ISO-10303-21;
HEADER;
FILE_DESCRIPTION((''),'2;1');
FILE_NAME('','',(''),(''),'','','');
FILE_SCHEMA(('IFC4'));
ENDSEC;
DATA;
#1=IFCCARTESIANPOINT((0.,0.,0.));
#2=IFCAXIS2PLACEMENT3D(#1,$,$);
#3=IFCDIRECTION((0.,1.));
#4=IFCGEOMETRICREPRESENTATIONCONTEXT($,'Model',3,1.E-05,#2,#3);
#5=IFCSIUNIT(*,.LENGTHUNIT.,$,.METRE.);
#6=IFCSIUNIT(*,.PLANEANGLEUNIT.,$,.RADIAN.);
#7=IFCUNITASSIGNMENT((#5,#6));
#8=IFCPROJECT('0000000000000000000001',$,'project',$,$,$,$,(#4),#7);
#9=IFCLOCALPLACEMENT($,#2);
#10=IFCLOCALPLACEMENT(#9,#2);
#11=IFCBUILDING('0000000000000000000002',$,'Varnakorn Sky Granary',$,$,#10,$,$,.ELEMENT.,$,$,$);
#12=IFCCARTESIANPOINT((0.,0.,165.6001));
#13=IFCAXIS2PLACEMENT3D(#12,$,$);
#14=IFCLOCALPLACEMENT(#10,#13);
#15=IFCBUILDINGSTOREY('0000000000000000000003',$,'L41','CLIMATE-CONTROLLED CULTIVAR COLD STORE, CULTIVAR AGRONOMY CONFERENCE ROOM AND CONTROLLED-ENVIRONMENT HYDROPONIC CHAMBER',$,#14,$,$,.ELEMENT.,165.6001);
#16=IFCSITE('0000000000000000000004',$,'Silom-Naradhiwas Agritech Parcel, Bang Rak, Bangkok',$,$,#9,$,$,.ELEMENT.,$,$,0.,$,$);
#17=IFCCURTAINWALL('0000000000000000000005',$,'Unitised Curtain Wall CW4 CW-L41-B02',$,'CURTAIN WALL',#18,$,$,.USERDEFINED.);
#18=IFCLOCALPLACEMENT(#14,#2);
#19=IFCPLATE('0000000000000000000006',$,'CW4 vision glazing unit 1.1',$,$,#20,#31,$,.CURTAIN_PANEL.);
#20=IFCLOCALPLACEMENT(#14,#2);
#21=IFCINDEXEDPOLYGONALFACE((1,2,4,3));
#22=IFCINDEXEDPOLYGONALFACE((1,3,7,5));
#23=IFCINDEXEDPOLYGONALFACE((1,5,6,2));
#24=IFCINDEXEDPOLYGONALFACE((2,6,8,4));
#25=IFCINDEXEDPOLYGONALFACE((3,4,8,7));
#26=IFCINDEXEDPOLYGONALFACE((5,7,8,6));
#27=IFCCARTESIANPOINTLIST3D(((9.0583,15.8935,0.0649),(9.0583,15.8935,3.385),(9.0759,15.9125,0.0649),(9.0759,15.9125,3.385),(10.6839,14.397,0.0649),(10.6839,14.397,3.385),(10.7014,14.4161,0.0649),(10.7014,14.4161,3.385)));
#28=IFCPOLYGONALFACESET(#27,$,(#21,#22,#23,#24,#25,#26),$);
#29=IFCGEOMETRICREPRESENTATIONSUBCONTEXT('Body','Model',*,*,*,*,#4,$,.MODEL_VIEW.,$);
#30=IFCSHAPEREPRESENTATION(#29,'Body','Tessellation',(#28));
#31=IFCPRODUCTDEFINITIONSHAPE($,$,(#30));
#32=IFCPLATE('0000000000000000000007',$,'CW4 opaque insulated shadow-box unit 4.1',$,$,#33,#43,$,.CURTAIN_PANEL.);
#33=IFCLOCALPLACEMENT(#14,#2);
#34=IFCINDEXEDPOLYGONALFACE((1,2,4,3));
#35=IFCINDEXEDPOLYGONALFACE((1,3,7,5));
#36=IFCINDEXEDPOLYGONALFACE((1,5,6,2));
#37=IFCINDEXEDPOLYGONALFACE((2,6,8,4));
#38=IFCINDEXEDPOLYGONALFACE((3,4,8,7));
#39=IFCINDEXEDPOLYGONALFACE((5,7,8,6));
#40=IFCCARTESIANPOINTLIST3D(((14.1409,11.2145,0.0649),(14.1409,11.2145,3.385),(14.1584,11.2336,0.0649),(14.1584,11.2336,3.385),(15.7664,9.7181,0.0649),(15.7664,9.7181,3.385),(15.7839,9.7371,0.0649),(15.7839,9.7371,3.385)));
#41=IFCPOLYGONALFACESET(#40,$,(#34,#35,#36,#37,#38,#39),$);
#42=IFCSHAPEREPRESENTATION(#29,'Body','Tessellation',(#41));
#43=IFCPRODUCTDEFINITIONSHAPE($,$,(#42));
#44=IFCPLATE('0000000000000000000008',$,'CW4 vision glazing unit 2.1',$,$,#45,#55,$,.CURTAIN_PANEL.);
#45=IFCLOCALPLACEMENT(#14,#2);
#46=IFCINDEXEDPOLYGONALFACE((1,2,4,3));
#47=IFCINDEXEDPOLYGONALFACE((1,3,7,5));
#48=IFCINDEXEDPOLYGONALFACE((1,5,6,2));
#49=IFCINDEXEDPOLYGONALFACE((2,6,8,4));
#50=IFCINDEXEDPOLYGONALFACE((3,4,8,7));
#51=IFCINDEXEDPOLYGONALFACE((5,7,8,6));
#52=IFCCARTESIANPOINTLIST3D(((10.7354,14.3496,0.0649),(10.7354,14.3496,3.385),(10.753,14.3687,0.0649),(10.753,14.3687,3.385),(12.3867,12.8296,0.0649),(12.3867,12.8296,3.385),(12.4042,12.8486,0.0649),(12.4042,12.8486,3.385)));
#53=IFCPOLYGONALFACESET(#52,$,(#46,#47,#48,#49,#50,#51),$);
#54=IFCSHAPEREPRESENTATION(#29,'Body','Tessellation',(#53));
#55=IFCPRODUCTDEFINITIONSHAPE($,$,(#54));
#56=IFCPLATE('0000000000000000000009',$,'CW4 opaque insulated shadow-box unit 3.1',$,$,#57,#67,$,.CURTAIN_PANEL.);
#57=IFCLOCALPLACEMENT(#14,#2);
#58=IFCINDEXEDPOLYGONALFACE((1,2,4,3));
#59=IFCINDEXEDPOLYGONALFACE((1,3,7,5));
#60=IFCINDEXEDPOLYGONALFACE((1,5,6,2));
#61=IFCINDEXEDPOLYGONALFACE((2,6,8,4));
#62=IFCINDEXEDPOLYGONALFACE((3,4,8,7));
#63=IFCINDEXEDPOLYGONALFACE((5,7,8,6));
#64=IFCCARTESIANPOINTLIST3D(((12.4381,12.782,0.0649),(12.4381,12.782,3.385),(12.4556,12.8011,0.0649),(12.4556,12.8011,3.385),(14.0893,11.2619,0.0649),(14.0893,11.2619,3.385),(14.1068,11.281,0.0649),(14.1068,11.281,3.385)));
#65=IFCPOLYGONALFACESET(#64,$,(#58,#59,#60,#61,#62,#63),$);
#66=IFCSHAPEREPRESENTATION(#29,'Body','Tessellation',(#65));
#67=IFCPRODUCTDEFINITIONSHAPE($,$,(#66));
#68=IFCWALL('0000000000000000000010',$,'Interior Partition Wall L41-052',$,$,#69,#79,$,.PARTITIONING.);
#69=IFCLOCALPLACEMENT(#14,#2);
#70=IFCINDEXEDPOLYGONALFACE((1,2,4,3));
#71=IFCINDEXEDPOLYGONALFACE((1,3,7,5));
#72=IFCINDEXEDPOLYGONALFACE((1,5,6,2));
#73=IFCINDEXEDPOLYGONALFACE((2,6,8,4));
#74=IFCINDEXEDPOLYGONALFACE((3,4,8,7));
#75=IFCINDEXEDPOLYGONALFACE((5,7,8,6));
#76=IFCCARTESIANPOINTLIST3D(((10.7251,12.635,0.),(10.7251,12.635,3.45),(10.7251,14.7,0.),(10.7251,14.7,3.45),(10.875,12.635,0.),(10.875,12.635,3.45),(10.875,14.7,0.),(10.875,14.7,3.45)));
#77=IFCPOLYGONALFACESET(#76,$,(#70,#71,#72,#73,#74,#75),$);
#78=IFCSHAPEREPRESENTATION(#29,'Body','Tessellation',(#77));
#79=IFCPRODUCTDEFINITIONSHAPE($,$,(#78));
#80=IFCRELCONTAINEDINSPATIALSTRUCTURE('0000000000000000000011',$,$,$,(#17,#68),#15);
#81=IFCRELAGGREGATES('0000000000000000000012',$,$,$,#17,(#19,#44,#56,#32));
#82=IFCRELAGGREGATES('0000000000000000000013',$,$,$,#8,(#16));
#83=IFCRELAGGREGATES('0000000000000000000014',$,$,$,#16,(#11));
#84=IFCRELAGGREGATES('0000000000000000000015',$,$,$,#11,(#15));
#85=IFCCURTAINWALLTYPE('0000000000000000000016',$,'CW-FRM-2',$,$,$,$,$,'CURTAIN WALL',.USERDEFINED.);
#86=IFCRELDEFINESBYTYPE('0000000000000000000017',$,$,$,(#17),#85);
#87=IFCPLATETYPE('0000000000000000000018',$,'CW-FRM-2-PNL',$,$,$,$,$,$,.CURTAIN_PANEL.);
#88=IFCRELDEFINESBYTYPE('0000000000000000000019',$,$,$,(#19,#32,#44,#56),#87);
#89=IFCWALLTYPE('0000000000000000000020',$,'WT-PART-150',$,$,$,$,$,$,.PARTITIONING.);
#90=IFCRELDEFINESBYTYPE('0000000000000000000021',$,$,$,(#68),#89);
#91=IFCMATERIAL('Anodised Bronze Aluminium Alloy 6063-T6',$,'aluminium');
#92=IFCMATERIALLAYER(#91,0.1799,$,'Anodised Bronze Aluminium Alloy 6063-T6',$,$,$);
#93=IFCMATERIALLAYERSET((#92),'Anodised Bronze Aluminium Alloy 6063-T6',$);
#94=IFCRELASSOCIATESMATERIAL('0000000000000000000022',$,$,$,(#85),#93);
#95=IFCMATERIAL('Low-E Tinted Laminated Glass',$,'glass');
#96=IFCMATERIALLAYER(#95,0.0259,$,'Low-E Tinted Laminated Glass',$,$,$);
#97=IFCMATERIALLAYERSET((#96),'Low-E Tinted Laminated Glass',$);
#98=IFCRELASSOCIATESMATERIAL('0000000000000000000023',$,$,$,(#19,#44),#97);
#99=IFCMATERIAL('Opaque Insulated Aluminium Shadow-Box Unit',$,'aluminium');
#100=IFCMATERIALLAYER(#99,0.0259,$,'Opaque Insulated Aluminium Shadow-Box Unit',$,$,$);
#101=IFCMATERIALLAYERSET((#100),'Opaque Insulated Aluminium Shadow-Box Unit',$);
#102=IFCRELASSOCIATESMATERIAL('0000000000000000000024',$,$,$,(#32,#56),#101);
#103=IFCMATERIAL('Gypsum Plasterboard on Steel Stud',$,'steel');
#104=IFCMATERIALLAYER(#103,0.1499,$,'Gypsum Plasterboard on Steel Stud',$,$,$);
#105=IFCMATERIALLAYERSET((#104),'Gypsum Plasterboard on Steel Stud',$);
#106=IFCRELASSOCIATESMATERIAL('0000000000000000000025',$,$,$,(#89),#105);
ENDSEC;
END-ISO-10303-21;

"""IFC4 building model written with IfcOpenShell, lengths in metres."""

from ifc_helpers import new_model, si_unit, direction, frame, frame_2d, origin, origin_2d, place, context, subcontext, project, spatial, rectangle, extrude, source, transform, mapped, material, layer, layer_set, type_object, type_shapes, element, aggregate, save


model = new_model("IFC4")

# Units and contexts
model_context = context("Model", 3, precision=1e-05, world=origin(), true_north=direction((0.0, 1.0)))
body_context = subcontext(model_context, "Body", "Model", "MODEL_VIEW")
ifc_project = project(units=[si_unit("LENGTHUNIT", "METRE"), si_unit("PLANEANGLEUNIT", "RADIAN")], contexts=[model_context])

# Site, building, storey
site_placement = place(None, origin())
site = spatial("IfcSite", under=ifc_project, at=site_placement, Name="Silom-Naradhiwas Agritech Parcel, Bang Rak, Bangkok", CompositionType="ELEMENT", RefElevation=0.0)
building_placement = place(site_placement, origin())
building = spatial("IfcBuilding", under=site, at=building_placement, Name="Varnakorn Sky Granary", CompositionType="ELEMENT")
storey_placement = place(building_placement, frame((0.0, 0.0, 165.6001)))
storey = spatial("IfcBuildingStorey", under=building, at=storey_placement, Name="L41", Description="CLIMATE-CONTROLLED CULTIVAR COLD STORE, CULTIVAR AGRONOMY CONFERENCE ROOM AND CONTROLLED-ENVIRONMENT HYDROPONIC CHAMBER", CompositionType="ELEMENT", Elevation=165.6001)

# Shared definitions
ifc_material_1 = material(Name="Anodised Bronze Aluminium Alloy 6063-T6", Category="aluminium")
ifc_layer_1 = layer(ifc_material_1, 0.1799, Name="Anodised Bronze Aluminium Alloy 6063-T6")
ifc_layer_set_1 = layer_set([ifc_layer_1], Name="Anodised Bronze Aluminium Alloy 6063-T6")
curtain_wall_type = type_object("IfcCurtainWallType", Name="CW-FRM-2", ElementType="CURTAIN WALL", PredefinedType="USERDEFINED", material=ifc_layer_set_1)

# Curtain wall
curtain_wall_1_placement = place(storey_placement, origin())
curtain_wall_1 = element("IfcCurtainWall", 1, at=curtain_wall_1_placement, inside=storey, type_object=curtain_wall_type, Name="Unitised Curtain Wall CW4 CW-L41-B02", ObjectType="CURTAIN WALL", PredefinedType="USERDEFINED")

# Plates
ifc_material_2 = material(Name="Low-E Tinted Laminated Glass", Category="glass")
ifc_layer_2 = layer(ifc_material_2, 0.0259, Name="Low-E Tinted Laminated Glass")
ifc_layer_set_2 = layer_set([ifc_layer_2], Name="Low-E Tinted Laminated Glass")
plate_type = type_object("IfcPlateType", Name="CW-FRM-2-PNL", PredefinedType="CURTAIN_PANEL")
shared_shape_1 = source(origin(), body_context, "Body", "SweptSolid", [
    extrude(rectangle(XDim=2.2095, YDim=0.0259, at=origin_2d()), origin(), (0.0, 0.0, 1.0), 3.3201),
])
plate_1_placement = place(storey_placement, frame((9.8799, 15.1548, 0.0649), z_axis=(0.0, 0.0, 1.0), x_axis=(0.735721, -0.677285, 0.0)))
plate_1 = element("IfcPlate", 2, at=plate_1_placement, type_object=plate_type, material=ifc_layer_set_2, Name="CW4 vision glazing unit 1.1", PredefinedType="CURTAIN_PANEL", context=body_context, shape_type="MappedRepresentation", body=[
    mapped(shared_shape_1, transform((0.0, 0.0, 0.0), x_axis=(1.0, 0.0, 0.0), y_axis=(0.0, 1.0, 0.0), z_axis=(0.0, 0.0, 1.0), scale=1.0)),
])
ifc_material_3 = material(Name="Opaque Insulated Aluminium Shadow-Box Unit", Category="aluminium")
ifc_layer_3 = layer(ifc_material_3, 0.0259, Name="Opaque Insulated Aluminium Shadow-Box Unit")
ifc_layer_set_3 = layer_set([ifc_layer_3], Name="Opaque Insulated Aluminium Shadow-Box Unit")
plate_2_placement = place(storey_placement, frame((14.9624, 10.4758, 0.0649), z_axis=(0.0, 0.0, 1.0), x_axis=(0.735721, -0.677285, 0.0)))
plate_2 = element("IfcPlate", 3, at=plate_2_placement, type_object=plate_type, material=ifc_layer_set_3, Name="CW4 opaque insulated shadow-box unit 4.1", PredefinedType="CURTAIN_PANEL", context=body_context, shape_type="MappedRepresentation", body=[
    mapped(shared_shape_1, transform((0.0, 0.0, 0.0), x_axis=(1.0, 0.0, 0.0), y_axis=(0.0, 1.0, 0.0), z_axis=(0.0, 0.0, 1.0), scale=1.0)),
])
shared_shape_2 = source(origin(), body_context, "Body", "SweptSolid", [
    extrude(rectangle(XDim=2.2444, YDim=0.0259, at=origin_2d()), origin(), (0.0, 0.0, 1.0), 3.3201),
])
type_shapes(plate_type, [shared_shape_1, shared_shape_2])
plate_3_placement = place(storey_placement, frame((11.5698, 13.5991, 0.0649), z_axis=(0.0, 0.0, 1.0), x_axis=(0.735721, -0.677285, 0.0)))
plate_3 = element("IfcPlate", 4, at=plate_3_placement, type_object=plate_type, material=ifc_layer_set_2, Name="CW4 vision glazing unit 2.1", PredefinedType="CURTAIN_PANEL", context=body_context, shape_type="MappedRepresentation", body=[
    mapped(shared_shape_2, transform((0.0, 0.0, 0.0), x_axis=(1.0, 0.0, 0.0), y_axis=(0.0, 1.0, 0.0), z_axis=(0.0, 0.0, 1.0), scale=1.0)),
])
plate_4_placement = place(storey_placement, frame((13.2725, 12.0315, 0.0649), z_axis=(0.0, 0.0, 1.0), x_axis=(0.735721, -0.677285, 0.0)))
plate_4 = element("IfcPlate", 5, at=plate_4_placement, type_object=plate_type, material=ifc_layer_set_3, Name="CW4 opaque insulated shadow-box unit 3.1", PredefinedType="CURTAIN_PANEL", context=body_context, shape_type="MappedRepresentation", body=[
    mapped(shared_shape_2, transform((0.0, 0.0, 0.0), x_axis=(1.0, 0.0, 0.0), y_axis=(0.0, 1.0, 0.0), z_axis=(0.0, 0.0, 1.0), scale=1.0)),
])
aggregate(curtain_wall_1, [plate_1, plate_3, plate_4, plate_2])

# Wall
ifc_material_4 = material(Name="Gypsum Plasterboard on Steel Stud", Category="steel")
ifc_layer_4 = layer(ifc_material_4, 0.1499, Name="Gypsum Plasterboard on Steel Stud")
ifc_layer_set_4 = layer_set([ifc_layer_4], Name="Gypsum Plasterboard on Steel Stud")
wall_type = type_object("IfcWallType", Name="WT-PART-150", PredefinedType="PARTITIONING", material=ifc_layer_set_4)
wall_placement = place(storey_placement, frame((10.8, 12.635, 0.0), z_axis=(0.0, 0.0, 1.0), x_axis=(0.0, 1.0, 0.0)))
element("IfcWall", 6, at=wall_placement, inside=storey, type_object=wall_type, Name="Interior Partition Wall L41-052", PredefinedType="PARTITIONING", context=body_context, shape_type="SweptSolid", body=[
    extrude(rectangle(XDim=2.0649, YDim=0.1499, at=frame_2d((1.0325, 0.0))), origin(), (0.0, 0.0, 1.0), 3.45),
])

save(model, "model.ifc")
